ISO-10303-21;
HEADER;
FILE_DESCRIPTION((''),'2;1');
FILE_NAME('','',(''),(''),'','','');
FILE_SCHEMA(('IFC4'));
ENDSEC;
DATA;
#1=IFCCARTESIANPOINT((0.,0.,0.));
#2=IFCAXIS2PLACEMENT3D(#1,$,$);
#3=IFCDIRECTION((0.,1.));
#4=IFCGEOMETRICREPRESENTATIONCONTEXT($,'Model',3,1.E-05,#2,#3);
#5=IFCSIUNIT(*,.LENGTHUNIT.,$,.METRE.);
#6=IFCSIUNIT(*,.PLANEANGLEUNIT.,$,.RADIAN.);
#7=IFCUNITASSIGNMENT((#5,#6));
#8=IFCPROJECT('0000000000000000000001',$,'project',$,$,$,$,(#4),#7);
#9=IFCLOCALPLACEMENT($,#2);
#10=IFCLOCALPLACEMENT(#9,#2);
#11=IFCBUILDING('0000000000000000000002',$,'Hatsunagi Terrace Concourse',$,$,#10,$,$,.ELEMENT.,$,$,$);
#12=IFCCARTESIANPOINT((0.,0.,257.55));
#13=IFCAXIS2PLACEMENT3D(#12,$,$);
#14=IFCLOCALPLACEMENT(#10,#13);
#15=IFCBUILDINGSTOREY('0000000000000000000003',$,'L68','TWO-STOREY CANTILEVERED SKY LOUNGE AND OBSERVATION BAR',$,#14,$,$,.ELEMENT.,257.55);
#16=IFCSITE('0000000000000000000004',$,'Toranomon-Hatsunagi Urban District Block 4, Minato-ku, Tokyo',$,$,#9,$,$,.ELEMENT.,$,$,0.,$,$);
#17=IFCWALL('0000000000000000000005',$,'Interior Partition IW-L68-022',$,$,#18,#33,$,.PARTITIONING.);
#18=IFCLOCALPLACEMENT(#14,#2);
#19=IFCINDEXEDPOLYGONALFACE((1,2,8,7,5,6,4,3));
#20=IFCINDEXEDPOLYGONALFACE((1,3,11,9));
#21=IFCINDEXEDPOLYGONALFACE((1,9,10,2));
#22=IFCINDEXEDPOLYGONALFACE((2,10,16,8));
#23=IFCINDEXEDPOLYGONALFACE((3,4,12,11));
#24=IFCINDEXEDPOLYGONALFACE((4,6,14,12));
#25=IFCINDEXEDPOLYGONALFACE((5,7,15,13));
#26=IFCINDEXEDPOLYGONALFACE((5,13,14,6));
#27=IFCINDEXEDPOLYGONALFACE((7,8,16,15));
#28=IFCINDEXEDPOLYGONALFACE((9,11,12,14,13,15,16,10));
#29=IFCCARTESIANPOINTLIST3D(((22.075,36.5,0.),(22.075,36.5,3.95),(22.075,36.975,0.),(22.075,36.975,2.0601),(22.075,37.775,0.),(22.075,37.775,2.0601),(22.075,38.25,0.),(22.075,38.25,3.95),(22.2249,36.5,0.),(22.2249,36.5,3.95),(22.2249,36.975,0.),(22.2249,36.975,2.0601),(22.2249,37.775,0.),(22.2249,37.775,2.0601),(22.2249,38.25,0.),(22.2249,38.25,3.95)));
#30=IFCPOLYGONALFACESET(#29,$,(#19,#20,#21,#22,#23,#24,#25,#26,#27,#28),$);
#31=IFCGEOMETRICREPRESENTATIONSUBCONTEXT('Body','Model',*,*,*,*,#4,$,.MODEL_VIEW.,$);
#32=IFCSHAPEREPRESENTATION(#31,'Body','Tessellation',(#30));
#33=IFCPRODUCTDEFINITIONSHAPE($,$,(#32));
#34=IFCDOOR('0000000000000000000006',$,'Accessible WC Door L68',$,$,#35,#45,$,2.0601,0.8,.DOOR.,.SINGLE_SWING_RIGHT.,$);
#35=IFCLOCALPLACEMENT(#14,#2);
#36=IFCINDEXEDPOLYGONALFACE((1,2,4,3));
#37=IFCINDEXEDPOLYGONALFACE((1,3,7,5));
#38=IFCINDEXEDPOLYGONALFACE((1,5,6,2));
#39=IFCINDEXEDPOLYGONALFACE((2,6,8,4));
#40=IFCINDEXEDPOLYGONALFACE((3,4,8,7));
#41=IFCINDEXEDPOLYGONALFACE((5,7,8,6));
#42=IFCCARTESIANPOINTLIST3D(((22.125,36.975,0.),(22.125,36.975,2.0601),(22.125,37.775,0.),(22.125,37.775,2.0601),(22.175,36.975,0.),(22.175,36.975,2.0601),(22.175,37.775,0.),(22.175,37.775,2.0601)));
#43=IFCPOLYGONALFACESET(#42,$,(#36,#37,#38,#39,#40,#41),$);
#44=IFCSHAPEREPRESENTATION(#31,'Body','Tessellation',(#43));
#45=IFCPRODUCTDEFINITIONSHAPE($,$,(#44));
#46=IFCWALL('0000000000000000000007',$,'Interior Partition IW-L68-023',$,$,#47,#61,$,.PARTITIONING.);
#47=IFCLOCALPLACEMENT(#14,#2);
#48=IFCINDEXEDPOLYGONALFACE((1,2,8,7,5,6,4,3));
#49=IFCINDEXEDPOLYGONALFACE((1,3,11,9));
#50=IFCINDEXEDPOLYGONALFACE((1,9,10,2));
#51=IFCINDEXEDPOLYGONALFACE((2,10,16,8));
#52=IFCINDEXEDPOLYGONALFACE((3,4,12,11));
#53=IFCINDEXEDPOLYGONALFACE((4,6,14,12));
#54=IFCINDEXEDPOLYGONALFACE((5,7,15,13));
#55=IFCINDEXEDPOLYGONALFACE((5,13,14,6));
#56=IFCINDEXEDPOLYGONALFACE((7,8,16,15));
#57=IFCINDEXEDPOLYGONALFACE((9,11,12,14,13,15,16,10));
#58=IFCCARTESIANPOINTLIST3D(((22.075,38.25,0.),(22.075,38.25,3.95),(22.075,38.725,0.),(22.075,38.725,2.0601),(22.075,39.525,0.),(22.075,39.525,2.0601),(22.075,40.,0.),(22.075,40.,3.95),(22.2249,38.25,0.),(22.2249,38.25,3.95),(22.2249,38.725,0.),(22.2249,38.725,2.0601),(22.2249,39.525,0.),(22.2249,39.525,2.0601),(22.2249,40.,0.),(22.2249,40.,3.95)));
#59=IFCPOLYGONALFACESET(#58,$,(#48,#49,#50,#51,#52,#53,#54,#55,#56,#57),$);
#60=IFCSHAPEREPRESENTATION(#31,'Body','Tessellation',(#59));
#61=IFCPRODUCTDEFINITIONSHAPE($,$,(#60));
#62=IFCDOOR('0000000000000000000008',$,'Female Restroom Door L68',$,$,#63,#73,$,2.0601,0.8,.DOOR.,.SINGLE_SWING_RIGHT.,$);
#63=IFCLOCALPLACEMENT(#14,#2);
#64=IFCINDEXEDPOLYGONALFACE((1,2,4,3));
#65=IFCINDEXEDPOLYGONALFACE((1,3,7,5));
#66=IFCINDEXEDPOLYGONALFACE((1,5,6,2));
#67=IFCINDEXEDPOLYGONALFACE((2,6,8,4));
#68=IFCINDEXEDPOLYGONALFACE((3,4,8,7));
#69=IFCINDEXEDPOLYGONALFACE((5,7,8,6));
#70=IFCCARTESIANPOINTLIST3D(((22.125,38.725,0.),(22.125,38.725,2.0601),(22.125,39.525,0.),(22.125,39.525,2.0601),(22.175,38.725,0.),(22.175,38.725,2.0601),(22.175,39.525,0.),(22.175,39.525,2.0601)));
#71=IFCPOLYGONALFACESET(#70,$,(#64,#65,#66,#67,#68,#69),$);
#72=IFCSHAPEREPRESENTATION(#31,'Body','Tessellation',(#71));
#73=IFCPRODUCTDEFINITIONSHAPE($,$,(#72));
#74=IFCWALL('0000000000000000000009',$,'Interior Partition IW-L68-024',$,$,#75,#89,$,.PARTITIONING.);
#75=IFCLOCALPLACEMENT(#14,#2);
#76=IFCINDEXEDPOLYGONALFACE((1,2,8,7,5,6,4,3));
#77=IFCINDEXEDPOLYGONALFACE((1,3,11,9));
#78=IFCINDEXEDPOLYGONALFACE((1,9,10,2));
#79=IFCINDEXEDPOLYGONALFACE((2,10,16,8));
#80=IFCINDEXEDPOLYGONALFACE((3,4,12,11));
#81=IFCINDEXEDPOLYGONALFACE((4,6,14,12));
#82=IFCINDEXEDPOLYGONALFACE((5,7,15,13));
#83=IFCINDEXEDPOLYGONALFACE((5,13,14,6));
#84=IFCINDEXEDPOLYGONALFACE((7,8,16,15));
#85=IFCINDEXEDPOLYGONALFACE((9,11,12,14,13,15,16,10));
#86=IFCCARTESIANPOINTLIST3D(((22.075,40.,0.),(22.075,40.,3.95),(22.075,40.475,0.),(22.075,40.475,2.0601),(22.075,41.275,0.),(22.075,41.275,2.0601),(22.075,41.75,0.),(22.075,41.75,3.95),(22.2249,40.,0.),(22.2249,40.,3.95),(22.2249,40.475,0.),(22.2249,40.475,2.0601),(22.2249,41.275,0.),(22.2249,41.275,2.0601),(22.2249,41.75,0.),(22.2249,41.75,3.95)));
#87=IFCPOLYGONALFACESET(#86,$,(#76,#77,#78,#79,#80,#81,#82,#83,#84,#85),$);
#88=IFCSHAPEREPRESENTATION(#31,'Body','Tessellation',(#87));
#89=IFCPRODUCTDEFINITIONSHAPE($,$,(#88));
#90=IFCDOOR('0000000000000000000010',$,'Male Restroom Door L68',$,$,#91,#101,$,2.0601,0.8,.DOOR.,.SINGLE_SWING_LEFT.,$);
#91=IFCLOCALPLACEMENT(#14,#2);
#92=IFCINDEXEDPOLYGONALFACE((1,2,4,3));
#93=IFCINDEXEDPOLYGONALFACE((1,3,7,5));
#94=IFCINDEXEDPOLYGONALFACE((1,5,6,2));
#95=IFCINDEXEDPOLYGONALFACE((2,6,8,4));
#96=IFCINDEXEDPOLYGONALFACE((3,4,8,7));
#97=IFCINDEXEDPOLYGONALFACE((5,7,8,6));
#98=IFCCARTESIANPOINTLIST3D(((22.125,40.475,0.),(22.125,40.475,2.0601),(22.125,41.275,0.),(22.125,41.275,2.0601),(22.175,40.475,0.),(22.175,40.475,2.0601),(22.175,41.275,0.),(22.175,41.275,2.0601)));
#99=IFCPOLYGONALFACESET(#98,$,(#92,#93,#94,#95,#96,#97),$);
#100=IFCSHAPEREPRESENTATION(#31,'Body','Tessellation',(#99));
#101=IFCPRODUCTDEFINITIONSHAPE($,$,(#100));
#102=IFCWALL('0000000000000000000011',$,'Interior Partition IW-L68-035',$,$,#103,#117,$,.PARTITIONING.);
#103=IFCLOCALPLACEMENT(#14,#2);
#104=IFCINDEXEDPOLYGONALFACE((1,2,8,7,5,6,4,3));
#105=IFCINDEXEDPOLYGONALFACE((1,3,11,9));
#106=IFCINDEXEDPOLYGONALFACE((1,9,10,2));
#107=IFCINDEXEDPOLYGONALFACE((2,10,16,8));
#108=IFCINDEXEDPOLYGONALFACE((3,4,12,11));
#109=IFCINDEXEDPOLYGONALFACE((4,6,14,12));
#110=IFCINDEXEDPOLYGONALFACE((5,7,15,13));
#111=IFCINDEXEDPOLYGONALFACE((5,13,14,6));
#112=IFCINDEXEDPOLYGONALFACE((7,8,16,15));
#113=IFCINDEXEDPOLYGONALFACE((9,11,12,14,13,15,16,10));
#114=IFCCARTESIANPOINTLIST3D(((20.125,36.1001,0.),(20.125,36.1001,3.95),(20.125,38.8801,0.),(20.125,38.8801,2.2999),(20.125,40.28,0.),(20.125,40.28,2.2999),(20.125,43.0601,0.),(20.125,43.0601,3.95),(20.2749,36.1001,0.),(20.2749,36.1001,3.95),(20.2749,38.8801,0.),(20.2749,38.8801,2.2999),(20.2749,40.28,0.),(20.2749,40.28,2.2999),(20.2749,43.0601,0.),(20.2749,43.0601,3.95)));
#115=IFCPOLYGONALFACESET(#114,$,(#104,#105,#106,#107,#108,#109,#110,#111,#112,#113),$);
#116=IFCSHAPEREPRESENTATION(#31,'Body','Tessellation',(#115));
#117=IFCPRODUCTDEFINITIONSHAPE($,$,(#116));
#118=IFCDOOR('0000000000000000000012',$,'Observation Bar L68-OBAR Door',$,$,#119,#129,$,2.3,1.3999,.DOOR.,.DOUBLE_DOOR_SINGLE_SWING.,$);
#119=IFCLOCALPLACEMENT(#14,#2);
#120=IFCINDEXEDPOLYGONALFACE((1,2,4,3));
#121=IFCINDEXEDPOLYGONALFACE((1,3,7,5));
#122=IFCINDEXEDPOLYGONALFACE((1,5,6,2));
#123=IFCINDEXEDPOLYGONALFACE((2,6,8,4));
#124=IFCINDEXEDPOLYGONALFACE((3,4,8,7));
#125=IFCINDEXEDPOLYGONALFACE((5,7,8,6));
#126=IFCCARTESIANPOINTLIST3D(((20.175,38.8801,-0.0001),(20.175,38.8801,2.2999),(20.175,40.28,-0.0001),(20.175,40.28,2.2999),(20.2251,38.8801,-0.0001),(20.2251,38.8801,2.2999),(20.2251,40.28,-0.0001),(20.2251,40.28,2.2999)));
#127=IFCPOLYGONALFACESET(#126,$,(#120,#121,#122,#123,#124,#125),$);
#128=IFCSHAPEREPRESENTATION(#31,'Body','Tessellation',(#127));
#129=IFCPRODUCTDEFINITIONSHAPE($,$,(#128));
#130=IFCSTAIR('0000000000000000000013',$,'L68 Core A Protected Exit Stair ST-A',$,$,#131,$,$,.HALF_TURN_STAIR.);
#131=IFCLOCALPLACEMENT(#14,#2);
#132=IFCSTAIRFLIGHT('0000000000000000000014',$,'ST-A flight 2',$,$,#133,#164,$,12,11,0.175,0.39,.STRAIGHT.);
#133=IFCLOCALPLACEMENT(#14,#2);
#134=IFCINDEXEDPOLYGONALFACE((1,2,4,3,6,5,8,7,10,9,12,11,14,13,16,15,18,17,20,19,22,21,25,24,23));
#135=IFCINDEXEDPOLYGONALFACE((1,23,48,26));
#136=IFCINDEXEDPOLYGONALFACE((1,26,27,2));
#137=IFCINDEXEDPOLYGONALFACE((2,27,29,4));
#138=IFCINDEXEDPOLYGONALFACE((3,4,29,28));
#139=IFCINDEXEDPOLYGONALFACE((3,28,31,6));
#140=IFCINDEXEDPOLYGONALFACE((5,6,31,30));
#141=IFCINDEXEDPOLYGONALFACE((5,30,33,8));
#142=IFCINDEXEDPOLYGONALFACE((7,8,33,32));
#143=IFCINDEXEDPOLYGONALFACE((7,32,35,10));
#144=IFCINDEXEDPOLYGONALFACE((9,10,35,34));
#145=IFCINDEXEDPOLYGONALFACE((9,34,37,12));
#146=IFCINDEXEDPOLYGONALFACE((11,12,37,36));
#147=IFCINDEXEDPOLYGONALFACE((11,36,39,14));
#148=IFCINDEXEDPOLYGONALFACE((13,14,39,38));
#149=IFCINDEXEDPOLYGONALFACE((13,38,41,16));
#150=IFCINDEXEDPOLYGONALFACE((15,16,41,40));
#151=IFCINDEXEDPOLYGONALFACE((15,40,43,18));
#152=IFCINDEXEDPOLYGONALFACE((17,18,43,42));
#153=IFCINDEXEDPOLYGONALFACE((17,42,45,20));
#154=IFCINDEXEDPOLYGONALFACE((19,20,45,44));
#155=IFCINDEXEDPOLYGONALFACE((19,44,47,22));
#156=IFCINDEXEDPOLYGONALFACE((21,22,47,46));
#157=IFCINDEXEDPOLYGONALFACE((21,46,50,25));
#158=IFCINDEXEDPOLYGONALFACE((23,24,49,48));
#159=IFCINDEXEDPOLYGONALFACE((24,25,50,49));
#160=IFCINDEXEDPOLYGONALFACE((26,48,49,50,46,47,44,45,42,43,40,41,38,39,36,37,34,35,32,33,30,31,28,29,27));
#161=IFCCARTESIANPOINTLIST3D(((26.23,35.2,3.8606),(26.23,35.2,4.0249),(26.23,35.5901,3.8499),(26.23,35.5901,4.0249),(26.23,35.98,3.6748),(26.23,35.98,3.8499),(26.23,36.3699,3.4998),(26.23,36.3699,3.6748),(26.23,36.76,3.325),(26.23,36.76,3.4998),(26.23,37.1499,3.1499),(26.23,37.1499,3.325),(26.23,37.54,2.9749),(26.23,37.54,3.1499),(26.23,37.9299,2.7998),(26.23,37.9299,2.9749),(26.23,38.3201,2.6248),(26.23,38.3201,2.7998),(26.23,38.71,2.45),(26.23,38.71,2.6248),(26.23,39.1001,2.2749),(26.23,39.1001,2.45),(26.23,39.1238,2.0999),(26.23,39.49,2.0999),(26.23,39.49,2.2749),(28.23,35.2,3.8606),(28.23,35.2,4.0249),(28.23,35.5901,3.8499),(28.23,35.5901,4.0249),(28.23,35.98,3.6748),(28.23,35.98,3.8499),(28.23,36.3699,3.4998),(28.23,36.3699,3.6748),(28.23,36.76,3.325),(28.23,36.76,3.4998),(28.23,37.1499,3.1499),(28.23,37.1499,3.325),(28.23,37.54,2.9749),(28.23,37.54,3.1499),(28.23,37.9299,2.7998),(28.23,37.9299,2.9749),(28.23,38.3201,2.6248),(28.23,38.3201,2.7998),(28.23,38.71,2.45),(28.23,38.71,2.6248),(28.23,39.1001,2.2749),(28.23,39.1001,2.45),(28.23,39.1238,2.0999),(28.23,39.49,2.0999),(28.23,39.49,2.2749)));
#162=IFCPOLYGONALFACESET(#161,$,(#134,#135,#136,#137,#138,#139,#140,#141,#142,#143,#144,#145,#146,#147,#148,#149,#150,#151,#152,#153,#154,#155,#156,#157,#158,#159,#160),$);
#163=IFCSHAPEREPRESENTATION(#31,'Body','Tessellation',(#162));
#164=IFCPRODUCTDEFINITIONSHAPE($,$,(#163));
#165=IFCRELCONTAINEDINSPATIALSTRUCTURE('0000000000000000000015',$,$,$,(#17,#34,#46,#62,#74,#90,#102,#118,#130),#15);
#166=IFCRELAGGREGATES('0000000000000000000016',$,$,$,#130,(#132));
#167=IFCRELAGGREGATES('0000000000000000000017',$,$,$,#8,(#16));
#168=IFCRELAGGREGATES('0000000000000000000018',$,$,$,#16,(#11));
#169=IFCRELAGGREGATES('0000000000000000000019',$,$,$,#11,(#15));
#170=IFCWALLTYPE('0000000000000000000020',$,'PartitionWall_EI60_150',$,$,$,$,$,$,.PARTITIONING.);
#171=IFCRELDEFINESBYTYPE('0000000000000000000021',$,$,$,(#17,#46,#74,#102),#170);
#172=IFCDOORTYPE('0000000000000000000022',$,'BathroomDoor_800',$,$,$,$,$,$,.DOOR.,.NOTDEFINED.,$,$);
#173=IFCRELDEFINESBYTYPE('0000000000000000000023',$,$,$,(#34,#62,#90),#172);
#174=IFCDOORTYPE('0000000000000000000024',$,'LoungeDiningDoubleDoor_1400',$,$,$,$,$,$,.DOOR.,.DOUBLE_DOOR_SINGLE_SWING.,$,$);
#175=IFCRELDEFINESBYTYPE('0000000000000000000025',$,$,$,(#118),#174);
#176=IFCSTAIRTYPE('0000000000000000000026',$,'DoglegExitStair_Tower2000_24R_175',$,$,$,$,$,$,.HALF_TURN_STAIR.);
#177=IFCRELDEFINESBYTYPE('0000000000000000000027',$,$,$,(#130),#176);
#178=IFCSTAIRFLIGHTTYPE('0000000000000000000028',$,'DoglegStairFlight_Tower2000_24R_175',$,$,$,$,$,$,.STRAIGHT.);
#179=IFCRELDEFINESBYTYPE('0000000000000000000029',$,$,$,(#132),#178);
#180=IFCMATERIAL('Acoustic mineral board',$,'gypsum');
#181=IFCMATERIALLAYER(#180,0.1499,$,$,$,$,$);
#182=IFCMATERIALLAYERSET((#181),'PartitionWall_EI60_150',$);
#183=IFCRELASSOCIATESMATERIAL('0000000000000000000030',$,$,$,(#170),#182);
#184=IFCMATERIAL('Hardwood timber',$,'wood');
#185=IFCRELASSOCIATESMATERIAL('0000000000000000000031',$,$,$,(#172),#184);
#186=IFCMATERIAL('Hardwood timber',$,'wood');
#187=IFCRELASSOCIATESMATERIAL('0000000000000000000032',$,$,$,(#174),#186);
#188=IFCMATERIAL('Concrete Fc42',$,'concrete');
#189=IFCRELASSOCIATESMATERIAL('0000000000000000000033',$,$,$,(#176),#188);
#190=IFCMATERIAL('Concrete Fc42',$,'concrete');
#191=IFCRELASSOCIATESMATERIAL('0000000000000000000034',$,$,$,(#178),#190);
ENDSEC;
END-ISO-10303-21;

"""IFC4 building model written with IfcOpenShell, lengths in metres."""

from ifc_helpers import new_model, si_unit, direction, frame, frame_2d, origin, place, context, subcontext, project, spatial, polyline, rectangle, outline, extrude, material, layer, layer_set, type_object, element, fill, aggregate, save


model = new_model("IFC4")

# Units and contexts
model_context = context("Model", 3, precision=1e-05, world=origin(), true_north=direction((0.0, 1.0)))
body_context = subcontext(model_context, "Body", "Model", "MODEL_VIEW")
ifc_project = project(units=[si_unit("LENGTHUNIT", "METRE"), si_unit("PLANEANGLEUNIT", "RADIAN")], contexts=[model_context])

# Site, building, storey
site_placement = place(None, origin())
site = spatial("IfcSite", under=ifc_project, at=site_placement, Name="Toranomon-Hatsunagi Urban District Block 4, Minato-ku, Tokyo", CompositionType="ELEMENT", RefElevation=0.0)
building_placement = place(site_placement, origin())
building = spatial("IfcBuilding", under=site, at=building_placement, Name="Hatsunagi Terrace Concourse", CompositionType="ELEMENT")
storey_placement = place(building_placement, frame((0.0, 0.0, 257.55)))
storey = spatial("IfcBuildingStorey", under=building, at=storey_placement, Name="L68", Description="TWO-STOREY CANTILEVERED SKY LOUNGE AND OBSERVATION BAR", CompositionType="ELEMENT", Elevation=257.55)

# Shared definitions
ifc_material_1 = material(Name="Acoustic mineral board", Category="gypsum")
ifc_layer_1 = layer(ifc_material_1, 0.1499)
ifc_layer_set_1 = layer_set([ifc_layer_1], Name="PartitionWall_EI60_150")
wall_type_1 = type_object("IfcWallType", Name="PartitionWall_EI60_150", PredefinedType="PARTITIONING", material=ifc_layer_set_1)

# Walls, openings, doors
wall_1_placement = place(storey_placement, frame((22.1499, 36.5, 0.0), z_axis=(0.0, 0.0, 1.0), x_axis=(0.0, 1.0, 0.0)))
wall_1 = element("IfcWall", 1, at=wall_1_placement, inside=storey, type_object=wall_type_1, Name="Interior Partition IW-L68-022", PredefinedType="PARTITIONING", context=body_context, shape_type="SweptSolid", body=[
    extrude(rectangle(XDim=1.75, YDim=0.1499, at=frame_2d((0.875, 0.0))), origin(), (0.0, 0.0, 1.0), 3.95),
])
opening_1_placement = place(wall_1_placement, frame((0.4751, 0.0, 0.0)))
opening_1 = element("IfcOpeningElement", 2, at=opening_1_placement, cuts=wall_1, PredefinedType="OPENING", context=body_context, shape_type="SweptSolid", body=[
    extrude(rectangle(XDim=0.8, YDim=2.0601, at=frame_2d((0.3999, 1.03))), frame((0.0, 0.085, 0.0), z_axis=(0.0, -1.0, 0.0), x_axis=(1.0, 0.0, 0.0)), (0.0, 0.0, 1.0), 0.1699),
])
ifc_material_2 = material(Name="Hardwood timber", Category="wood")
door_type_1 = type_object("IfcDoorType", Name="BathroomDoor_800", OperationType="NOTDEFINED", PredefinedType="DOOR", material=ifc_material_2)
door_1_placement = place(opening_1_placement, origin())
door_1 = element("IfcDoor", 3, at=door_1_placement, inside=storey, type_object=door_type_1, Name="Accessible WC Door L68", OperationType="SINGLE_SWING_RIGHT", OverallHeight=2.0601, OverallWidth=0.8, PredefinedType="DOOR", context=body_context, shape_type="SweptSolid", body=[
    extrude(rectangle(XDim=0.8, YDim=2.0601, at=frame_2d((0.3999, 1.03))), frame((0.0, 0.0249, 0.0), z_axis=(0.0, -1.0, 0.0), x_axis=(1.0, 0.0, 0.0)), (0.0, 0.0, 1.0), 0.05),
])
fill(opening_1, door_1)
wall_2_placement = place(storey_placement, frame((22.1499, 38.25, 0.0), z_axis=(0.0, 0.0, 1.0), x_axis=(0.0, 1.0, 0.0)))
wall_2 = element("IfcWall", 4, at=wall_2_placement, inside=storey, type_object=wall_type_1, Name="Interior Partition IW-L68-023", PredefinedType="PARTITIONING", context=body_context, shape_type="SweptSolid", body=[
    extrude(rectangle(XDim=1.75, YDim=0.1499, at=frame_2d((0.875, 0.0))), origin(), (0.0, 0.0, 1.0), 3.95),
])
opening_2_placement = place(wall_2_placement, frame((0.4751, 0.0, 0.0)))
opening_2 = element("IfcOpeningElement", 5, at=opening_2_placement, cuts=wall_2, PredefinedType="OPENING", context=body_context, shape_type="SweptSolid", body=[
    extrude(rectangle(XDim=0.8, YDim=2.0601, at=frame_2d((0.3999, 1.03))), frame((0.0, 0.085, 0.0), z_axis=(0.0, -1.0, 0.0), x_axis=(1.0, 0.0, 0.0)), (0.0, 0.0, 1.0), 0.1699),
])
door_2_placement = place(opening_2_placement, origin())
door_2 = element("IfcDoor", 6, at=door_2_placement, inside=storey, type_object=door_type_1, Name="Female Restroom Door L68", OperationType="SINGLE_SWING_RIGHT", OverallHeight=2.0601, OverallWidth=0.8, PredefinedType="DOOR", context=body_context, shape_type="SweptSolid", body=[
    extrude(rectangle(XDim=0.8, YDim=2.0601, at=frame_2d((0.3999, 1.03))), frame((0.0, 0.0249, 0.0), z_axis=(0.0, -1.0, 0.0), x_axis=(1.0, 0.0, 0.0)), (0.0, 0.0, 1.0), 0.05),
])
fill(opening_2, door_2)
wall_3_placement = place(storey_placement, frame((22.1499, 40.0, 0.0), z_axis=(0.0, 0.0, 1.0), x_axis=(0.0, 1.0, 0.0)))
wall_3 = element("IfcWall", 7, at=wall_3_placement, inside=storey, type_object=wall_type_1, Name="Interior Partition IW-L68-024", PredefinedType="PARTITIONING", context=body_context, shape_type="SweptSolid", body=[
    extrude(rectangle(XDim=1.75, YDim=0.1499, at=frame_2d((0.875, 0.0))), origin(), (0.0, 0.0, 1.0), 3.95),
])
opening_3_placement = place(wall_3_placement, frame((0.4751, 0.0, 0.0)))
opening_3 = element("IfcOpeningElement", 8, at=opening_3_placement, cuts=wall_3, PredefinedType="OPENING", context=body_context, shape_type="SweptSolid", body=[
    extrude(rectangle(XDim=0.8, YDim=2.0601, at=frame_2d((0.3999, 1.03))), frame((0.0, 0.085, 0.0), z_axis=(0.0, -1.0, 0.0), x_axis=(1.0, 0.0, 0.0)), (0.0, 0.0, 1.0), 0.1699),
])
door_3_placement = place(opening_3_placement, origin())
door_3 = element("IfcDoor", 9, at=door_3_placement, inside=storey, type_object=door_type_1, Name="Male Restroom Door L68", OperationType="SINGLE_SWING_LEFT", OverallHeight=2.0601, OverallWidth=0.8, PredefinedType="DOOR", context=body_context, shape_type="SweptSolid", body=[
    extrude(rectangle(XDim=0.8, YDim=2.0601, at=frame_2d((0.3999, 1.03))), frame((0.0, 0.0249, 0.0), z_axis=(0.0, -1.0, 0.0), x_axis=(1.0, 0.0, 0.0)), (0.0, 0.0, 1.0), 0.05),
])
fill(opening_3, door_3)
wall_4_placement = place(storey_placement, frame((20.2, 36.1001, 0.0), z_axis=(0.0, 0.0, 1.0), x_axis=(0.0, 1.0, 0.0)))
wall_4 = element("IfcWall", 10, at=wall_4_placement, inside=storey, type_object=wall_type_1, Name="Interior Partition IW-L68-035", PredefinedType="PARTITIONING", context=body_context, shape_type="SweptSolid", body=[
    extrude(rectangle(XDim=6.96, YDim=0.1499, at=frame_2d((3.48, 0.0))), origin(), (0.0, 0.0, 1.0), 3.95),
])
opening_4_placement = place(wall_4_placement, frame((2.78, 0.0, 0.0)))
opening_4 = element("IfcOpeningElement", 11, at=opening_4_placement, cuts=wall_4, PredefinedType="OPENING", context=body_context, shape_type="SweptSolid", body=[
    extrude(rectangle(XDim=1.3999, YDim=2.3, at=frame_2d((0.7, 1.1499))), frame((0.0, 0.085, 0.0), z_axis=(0.0, -1.0, 0.0), x_axis=(1.0, 0.0, 0.0)), (0.0, 0.0, 1.0), 0.1699),
])
ifc_material_3 = material(Name="Hardwood timber", Category="wood")
door_type_2 = type_object("IfcDoorType", Name="LoungeDiningDoubleDoor_1400", OperationType="DOUBLE_DOOR_SINGLE_SWING", PredefinedType="DOOR", material=ifc_material_3)
door_4_placement = place(opening_4_placement, origin())
door_4 = element("IfcDoor", 12, at=door_4_placement, inside=storey, type_object=door_type_2, Name="Observation Bar L68-OBAR Door", OperationType="DOUBLE_DOOR_SINGLE_SWING", OverallHeight=2.3, OverallWidth=1.3999, PredefinedType="DOOR", context=body_context, shape_type="SweptSolid", body=[
    extrude(rectangle(XDim=1.3999, YDim=2.3, at=frame_2d((0.7, 1.1499))), frame((0.0, 0.0249, 0.0), z_axis=(0.0, -1.0, 0.0), x_axis=(1.0, 0.0, 0.0)), (0.0, 0.0, 1.0), 0.05),
])
fill(opening_4, door_4)

# Stair, stair flight
ifc_material_4 = material(Name="Concrete Fc42", Category="concrete")
stair_type = type_object("IfcStairType", Name="DoglegExitStair_Tower2000_24R_175", PredefinedType="HALF_TURN_STAIR", material=ifc_material_4)
stair_placement = place(storey_placement, origin())
stair = element("IfcStair", 13, at=stair_placement, inside=storey, type_object=stair_type, Name="L68 Core A Protected Exit Stair ST-A", PredefinedType="HALF_TURN_STAIR")
ifc_material_5 = material(Name="Concrete Fc42", Category="concrete")
stair_flight_type = type_object("IfcStairFlightType", Name="DoglegStairFlight_Tower2000_24R_175", PredefinedType="STRAIGHT", material=ifc_material_5)
stair_flight_placement = place(storey_placement, frame((27.23, 39.49, 2.0999), z_axis=(0.0, 0.0, 1.0), x_axis=(0.0, -1.0, 0.0)))
stair_flight = element("IfcStairFlight", 14, at=stair_flight_placement, type_object=stair_flight_type, Name="ST-A flight 2", NumberOfRisers=12, NumberOfTreads=11, PredefinedType="STRAIGHT", RiserHeight=0.175, TreadLength=0.39, context=body_context, shape_type="SweptSolid", body=[
    extrude(outline(polyline([(0.0, 0.0), (0.0, 0.175), (0.3899, 0.175), (0.3899, 0.3501), (0.78, 0.3501), (0.78, 0.5249), (1.1699, 0.5249), (1.1699, 0.7), (1.5601, 0.7), (1.5601, 0.875), (1.95, 0.875), (1.95, 1.05), (2.3401, 1.05), (2.3401, 1.2251), (2.73, 1.2251), (2.73, 1.3999), (3.1201, 1.3999), (3.1201, 1.575), (3.51, 1.575), (3.51, 1.75), (3.8999, 1.75), (3.8999, 1.925), (4.29, 1.925), (4.29, 2.1001), (4.29, 1.7607), (0.3662, 0.0), (0.0, 0.0)])), frame((0.0, 1.0, 0.0), z_axis=(0.0, -1.0, 0.0), x_axis=(1.0, 0.0, 0.0)), (0.0, 0.0, 1.0), 2.0),
])
aggregate(stair, [stair_flight])

save(model, "model.ifc")
